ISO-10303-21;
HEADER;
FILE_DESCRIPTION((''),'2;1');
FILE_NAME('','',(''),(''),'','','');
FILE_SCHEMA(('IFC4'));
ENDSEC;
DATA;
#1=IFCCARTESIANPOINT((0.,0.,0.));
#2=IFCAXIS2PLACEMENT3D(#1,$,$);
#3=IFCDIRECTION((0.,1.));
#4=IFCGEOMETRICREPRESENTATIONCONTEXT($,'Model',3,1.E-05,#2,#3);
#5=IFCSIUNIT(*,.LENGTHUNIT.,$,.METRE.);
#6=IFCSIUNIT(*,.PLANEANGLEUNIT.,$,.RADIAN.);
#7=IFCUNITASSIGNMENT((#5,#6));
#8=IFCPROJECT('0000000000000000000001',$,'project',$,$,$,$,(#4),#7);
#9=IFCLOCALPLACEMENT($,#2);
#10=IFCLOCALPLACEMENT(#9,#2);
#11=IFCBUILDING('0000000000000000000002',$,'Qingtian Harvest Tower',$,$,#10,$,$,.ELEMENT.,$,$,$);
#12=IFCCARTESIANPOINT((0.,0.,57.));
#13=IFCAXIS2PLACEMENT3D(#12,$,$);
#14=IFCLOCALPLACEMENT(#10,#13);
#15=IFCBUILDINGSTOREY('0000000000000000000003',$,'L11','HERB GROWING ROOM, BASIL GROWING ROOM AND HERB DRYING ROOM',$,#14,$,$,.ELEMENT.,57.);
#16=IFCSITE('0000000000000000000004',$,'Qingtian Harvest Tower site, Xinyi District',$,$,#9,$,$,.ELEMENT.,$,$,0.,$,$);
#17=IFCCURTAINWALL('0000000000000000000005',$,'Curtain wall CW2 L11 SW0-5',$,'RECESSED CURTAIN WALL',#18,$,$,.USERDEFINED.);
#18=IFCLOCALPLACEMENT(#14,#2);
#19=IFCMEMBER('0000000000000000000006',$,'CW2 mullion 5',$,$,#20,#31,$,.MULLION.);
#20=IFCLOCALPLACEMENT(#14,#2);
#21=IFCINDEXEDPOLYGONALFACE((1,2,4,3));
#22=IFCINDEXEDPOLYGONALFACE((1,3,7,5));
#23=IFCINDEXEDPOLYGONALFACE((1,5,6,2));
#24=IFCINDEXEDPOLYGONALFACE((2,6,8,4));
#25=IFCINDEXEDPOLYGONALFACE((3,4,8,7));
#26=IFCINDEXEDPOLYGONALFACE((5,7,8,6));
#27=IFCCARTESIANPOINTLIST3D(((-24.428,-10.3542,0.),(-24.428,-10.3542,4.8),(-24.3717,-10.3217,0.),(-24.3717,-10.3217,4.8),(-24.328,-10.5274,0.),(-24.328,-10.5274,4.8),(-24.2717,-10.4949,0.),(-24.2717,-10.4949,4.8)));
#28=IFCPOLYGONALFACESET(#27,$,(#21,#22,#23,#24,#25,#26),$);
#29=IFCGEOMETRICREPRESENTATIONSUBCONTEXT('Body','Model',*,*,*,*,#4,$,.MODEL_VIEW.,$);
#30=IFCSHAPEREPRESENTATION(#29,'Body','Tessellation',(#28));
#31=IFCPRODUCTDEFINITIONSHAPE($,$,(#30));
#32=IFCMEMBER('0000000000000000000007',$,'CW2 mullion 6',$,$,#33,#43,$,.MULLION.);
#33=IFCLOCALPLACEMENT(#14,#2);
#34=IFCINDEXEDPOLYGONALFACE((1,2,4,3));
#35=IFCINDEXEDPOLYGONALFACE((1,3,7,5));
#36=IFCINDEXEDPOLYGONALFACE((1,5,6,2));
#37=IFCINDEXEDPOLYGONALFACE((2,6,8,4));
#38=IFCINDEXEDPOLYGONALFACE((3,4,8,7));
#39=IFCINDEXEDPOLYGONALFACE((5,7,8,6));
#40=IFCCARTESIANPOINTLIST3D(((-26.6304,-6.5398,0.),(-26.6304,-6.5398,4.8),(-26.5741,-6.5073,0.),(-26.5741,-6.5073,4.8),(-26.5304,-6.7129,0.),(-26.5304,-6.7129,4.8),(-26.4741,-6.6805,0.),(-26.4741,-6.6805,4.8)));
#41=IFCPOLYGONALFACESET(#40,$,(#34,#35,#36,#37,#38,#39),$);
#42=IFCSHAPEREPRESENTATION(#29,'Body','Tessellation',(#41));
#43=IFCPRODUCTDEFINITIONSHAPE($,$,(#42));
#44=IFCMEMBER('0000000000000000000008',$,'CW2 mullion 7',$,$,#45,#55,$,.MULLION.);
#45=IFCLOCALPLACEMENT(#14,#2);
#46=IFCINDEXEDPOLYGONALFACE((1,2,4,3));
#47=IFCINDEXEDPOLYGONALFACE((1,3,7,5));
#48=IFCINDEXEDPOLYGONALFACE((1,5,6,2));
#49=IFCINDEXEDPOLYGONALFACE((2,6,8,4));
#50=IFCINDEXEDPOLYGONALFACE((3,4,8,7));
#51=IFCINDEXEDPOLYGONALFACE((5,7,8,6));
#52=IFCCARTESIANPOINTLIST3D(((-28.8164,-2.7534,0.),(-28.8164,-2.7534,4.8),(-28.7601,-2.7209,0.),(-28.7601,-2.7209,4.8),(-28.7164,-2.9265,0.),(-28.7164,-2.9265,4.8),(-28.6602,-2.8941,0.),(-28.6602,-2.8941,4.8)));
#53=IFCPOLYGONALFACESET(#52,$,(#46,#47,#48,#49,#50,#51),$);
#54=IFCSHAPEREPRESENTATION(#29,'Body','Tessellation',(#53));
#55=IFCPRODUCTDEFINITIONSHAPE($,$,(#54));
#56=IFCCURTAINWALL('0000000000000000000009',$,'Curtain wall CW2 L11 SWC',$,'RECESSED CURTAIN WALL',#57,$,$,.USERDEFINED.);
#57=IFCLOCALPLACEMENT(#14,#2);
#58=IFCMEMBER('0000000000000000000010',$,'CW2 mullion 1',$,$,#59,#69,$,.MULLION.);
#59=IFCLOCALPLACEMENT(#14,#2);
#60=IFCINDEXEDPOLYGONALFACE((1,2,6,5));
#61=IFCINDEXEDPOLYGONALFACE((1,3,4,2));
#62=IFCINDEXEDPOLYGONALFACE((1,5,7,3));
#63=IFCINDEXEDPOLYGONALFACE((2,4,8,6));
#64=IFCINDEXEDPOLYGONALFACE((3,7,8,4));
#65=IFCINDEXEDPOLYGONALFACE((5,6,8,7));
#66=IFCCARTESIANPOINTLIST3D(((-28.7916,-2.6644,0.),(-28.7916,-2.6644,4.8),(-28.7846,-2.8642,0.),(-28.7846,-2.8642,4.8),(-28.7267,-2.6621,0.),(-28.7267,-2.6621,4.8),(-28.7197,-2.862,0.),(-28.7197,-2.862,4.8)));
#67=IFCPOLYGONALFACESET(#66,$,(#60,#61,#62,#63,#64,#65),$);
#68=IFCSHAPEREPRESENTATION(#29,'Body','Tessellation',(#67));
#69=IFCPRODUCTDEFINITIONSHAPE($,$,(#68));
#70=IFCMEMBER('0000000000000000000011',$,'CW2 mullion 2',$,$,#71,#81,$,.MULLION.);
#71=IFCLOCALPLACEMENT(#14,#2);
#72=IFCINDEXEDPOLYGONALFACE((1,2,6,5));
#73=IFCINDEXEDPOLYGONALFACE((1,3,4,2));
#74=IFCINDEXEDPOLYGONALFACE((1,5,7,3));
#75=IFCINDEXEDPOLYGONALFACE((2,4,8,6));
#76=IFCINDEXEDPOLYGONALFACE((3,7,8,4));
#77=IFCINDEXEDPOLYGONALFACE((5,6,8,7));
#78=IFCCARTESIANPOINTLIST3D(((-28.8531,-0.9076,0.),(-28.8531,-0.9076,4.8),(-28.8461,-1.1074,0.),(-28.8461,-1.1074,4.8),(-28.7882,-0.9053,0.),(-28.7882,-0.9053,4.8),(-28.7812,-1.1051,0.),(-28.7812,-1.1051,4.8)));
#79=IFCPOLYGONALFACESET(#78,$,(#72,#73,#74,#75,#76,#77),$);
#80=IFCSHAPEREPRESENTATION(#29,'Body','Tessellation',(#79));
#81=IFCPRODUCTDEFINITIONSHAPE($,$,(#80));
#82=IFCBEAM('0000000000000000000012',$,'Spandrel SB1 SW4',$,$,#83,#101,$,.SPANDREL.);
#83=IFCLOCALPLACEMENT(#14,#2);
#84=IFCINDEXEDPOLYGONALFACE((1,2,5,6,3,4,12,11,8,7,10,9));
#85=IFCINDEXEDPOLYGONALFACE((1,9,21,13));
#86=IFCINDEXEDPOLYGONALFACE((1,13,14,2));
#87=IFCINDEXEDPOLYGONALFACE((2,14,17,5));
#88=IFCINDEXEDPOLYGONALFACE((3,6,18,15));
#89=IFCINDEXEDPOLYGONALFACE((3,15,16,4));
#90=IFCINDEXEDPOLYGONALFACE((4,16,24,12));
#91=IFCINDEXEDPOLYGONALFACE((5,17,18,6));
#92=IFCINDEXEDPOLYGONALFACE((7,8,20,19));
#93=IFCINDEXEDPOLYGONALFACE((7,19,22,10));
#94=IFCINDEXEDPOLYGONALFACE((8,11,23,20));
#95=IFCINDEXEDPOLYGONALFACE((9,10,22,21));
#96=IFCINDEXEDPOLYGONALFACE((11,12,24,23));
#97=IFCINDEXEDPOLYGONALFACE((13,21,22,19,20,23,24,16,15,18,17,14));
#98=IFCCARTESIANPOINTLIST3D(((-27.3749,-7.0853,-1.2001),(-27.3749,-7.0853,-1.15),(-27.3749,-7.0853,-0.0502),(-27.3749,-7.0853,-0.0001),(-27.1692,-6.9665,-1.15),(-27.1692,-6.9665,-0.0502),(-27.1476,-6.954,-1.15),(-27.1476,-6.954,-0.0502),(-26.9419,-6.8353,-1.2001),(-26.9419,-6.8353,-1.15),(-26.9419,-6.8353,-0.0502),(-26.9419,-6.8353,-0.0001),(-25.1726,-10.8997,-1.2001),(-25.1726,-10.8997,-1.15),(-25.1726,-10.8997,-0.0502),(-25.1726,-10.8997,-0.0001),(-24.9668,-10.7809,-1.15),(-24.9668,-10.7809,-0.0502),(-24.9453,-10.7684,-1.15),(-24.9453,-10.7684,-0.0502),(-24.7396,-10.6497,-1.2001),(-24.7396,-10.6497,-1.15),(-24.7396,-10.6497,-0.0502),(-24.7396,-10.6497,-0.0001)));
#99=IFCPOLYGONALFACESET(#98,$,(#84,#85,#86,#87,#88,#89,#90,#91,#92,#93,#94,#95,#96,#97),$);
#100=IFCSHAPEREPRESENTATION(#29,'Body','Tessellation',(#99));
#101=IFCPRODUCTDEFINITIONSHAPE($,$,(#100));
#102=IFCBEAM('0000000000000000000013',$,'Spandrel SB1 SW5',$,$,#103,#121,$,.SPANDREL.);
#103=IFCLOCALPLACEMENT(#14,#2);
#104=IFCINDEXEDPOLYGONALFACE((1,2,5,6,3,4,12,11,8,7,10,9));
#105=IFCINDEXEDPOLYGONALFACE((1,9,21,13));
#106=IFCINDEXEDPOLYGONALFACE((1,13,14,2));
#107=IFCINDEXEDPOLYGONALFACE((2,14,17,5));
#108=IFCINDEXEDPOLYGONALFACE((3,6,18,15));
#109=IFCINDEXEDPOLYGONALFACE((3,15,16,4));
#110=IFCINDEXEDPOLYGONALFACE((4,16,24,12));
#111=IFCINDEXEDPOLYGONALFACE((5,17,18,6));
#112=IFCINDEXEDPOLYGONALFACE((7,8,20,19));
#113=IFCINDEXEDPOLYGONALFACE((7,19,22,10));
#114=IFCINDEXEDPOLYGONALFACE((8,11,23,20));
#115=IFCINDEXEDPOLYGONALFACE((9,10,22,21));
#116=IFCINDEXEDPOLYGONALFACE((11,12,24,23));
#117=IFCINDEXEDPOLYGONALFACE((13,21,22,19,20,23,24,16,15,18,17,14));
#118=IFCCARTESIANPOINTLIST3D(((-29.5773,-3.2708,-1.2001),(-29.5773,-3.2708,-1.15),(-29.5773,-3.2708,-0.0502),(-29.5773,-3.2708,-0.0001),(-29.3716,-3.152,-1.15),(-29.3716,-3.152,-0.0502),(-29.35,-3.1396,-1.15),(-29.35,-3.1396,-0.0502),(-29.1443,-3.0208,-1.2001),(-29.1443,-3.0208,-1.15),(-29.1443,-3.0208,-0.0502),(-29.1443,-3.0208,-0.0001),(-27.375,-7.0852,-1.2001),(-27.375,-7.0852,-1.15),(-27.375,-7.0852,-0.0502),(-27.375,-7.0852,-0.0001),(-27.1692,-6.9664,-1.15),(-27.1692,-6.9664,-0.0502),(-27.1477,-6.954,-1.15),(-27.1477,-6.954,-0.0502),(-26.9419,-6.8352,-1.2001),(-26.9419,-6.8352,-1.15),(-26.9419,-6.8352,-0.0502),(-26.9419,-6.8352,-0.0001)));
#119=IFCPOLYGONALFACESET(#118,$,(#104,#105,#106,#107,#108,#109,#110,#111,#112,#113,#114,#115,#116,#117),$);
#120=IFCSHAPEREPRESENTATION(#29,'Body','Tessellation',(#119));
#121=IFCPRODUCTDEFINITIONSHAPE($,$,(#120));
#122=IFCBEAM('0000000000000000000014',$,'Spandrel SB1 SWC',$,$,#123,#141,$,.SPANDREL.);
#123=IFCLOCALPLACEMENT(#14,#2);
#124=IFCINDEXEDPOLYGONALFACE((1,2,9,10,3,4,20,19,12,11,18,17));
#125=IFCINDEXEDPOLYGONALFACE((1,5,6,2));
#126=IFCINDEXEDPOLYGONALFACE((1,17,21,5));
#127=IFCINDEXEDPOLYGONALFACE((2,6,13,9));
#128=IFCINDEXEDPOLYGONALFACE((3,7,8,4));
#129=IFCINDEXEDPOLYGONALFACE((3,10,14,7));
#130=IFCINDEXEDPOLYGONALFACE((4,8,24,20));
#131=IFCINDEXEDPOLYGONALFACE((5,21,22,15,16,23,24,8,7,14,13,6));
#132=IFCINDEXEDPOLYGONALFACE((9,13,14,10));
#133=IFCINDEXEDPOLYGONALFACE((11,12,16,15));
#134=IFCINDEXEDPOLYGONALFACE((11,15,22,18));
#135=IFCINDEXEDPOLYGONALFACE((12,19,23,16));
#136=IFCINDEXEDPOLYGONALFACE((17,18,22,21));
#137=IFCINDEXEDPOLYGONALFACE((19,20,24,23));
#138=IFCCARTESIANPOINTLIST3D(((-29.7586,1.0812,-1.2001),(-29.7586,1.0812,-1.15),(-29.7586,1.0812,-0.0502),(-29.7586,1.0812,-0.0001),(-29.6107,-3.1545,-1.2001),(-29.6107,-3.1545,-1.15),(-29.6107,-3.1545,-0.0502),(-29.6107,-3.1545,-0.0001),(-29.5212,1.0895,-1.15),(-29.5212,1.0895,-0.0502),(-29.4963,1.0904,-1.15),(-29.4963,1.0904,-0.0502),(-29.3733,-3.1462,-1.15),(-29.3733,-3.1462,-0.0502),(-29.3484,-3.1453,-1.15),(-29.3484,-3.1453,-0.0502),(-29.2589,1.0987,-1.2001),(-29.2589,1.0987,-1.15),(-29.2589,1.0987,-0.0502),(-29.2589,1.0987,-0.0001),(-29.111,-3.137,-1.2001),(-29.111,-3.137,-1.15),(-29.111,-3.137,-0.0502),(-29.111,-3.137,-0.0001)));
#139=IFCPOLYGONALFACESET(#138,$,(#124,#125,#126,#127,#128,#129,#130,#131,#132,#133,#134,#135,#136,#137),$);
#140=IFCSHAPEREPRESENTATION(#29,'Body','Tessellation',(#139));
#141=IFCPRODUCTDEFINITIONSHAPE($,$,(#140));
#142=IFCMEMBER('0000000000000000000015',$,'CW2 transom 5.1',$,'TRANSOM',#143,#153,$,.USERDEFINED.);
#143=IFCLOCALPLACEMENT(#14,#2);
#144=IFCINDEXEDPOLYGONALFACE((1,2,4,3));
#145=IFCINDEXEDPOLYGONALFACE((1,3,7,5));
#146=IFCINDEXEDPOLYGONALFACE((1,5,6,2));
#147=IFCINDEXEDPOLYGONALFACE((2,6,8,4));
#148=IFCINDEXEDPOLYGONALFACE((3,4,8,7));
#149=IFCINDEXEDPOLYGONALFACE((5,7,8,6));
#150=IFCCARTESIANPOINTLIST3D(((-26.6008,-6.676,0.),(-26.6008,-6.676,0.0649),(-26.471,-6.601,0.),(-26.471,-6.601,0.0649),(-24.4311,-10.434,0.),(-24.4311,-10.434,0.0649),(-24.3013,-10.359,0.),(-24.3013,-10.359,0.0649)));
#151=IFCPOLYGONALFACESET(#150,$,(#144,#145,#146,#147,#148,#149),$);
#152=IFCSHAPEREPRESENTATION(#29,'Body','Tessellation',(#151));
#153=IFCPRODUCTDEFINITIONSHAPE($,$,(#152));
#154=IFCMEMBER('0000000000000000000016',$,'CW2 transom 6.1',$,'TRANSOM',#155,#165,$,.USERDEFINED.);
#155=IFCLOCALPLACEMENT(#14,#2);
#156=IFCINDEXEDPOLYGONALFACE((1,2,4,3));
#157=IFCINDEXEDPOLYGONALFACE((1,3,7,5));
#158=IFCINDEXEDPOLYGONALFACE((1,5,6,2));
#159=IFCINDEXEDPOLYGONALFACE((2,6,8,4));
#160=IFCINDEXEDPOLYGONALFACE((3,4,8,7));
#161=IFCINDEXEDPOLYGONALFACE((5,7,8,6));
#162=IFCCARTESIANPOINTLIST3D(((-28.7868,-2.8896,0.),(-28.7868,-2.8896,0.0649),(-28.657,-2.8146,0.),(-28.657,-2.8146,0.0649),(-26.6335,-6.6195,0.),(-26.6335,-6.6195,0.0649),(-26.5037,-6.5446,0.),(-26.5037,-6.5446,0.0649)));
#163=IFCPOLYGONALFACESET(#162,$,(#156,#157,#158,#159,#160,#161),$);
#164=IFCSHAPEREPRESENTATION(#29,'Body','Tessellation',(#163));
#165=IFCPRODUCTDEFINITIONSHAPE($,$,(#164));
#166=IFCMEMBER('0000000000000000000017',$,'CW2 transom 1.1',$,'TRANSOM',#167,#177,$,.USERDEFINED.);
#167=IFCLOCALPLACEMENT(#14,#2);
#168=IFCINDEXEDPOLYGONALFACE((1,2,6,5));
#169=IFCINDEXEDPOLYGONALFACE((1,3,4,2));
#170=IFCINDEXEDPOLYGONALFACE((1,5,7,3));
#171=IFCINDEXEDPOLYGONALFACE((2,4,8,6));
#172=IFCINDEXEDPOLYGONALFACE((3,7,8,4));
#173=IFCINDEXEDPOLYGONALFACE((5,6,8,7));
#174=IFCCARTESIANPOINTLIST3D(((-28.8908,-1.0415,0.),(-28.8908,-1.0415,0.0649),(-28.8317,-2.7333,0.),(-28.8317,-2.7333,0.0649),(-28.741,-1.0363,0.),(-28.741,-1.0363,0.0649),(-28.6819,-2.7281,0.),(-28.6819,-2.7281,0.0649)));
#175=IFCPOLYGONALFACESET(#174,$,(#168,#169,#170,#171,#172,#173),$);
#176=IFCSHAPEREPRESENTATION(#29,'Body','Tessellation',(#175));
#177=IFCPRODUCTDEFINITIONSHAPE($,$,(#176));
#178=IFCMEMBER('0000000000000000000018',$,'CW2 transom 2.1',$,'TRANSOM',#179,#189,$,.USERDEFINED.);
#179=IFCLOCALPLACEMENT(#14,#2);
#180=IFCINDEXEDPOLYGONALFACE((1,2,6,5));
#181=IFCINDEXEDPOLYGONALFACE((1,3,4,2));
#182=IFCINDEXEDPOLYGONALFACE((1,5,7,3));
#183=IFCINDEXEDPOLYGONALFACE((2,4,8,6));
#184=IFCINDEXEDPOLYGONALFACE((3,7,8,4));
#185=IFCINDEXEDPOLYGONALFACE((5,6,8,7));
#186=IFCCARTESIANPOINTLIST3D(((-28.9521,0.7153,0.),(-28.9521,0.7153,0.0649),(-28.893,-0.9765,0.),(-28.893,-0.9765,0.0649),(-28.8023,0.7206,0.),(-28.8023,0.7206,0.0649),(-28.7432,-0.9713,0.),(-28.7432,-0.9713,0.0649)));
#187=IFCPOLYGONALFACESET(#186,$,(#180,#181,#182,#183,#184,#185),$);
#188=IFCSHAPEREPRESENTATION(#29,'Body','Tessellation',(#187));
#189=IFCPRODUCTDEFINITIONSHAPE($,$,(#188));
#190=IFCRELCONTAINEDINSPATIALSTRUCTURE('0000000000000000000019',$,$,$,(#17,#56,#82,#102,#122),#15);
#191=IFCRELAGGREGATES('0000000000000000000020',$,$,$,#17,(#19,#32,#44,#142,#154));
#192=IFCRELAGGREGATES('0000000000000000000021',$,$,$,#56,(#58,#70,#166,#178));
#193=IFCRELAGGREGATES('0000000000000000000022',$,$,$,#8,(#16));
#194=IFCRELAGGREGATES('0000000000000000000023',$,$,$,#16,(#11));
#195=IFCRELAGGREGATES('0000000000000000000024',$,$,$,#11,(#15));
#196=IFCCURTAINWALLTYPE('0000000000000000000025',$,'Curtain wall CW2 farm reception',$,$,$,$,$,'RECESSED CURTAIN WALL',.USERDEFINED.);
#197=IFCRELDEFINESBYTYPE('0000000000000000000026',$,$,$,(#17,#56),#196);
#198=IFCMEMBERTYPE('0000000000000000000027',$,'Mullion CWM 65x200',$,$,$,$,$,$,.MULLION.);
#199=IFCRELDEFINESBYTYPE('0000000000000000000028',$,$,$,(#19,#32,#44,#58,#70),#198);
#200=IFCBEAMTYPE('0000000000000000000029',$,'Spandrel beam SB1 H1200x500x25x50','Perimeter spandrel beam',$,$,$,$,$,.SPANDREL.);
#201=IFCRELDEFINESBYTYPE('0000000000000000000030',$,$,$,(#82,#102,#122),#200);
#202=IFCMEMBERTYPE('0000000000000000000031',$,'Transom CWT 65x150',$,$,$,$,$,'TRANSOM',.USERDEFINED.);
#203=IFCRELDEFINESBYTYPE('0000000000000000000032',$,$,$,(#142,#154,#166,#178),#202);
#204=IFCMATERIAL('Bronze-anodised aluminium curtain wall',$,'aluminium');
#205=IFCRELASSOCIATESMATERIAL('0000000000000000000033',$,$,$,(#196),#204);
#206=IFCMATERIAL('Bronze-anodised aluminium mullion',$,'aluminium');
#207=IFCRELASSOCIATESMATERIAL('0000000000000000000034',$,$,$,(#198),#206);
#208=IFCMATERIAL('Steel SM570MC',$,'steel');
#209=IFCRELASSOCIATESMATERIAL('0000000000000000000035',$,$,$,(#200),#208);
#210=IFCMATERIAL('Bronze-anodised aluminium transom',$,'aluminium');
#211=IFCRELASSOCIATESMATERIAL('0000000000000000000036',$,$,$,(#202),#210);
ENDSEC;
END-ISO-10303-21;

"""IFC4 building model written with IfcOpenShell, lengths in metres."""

from ifc_helpers import new_model, si_unit, direction, frame, origin, origin_2d, place, context, subcontext, project, spatial, rectangle, i_section, extrude, material, material_profile, profile_set, type_object, element, aggregate, save


model = new_model("IFC4")

# Units and contexts
model_context = context("Model", 3, precision=1e-05, world=origin(), true_north=direction((0.0, 1.0)))
body_context = subcontext(model_context, "Body", "Model", "MODEL_VIEW")
ifc_project = project(units=[si_unit("LENGTHUNIT", "METRE"), si_unit("PLANEANGLEUNIT", "RADIAN")], contexts=[model_context])

# Site, building, storey
site_placement = place(None, origin())
site = spatial("IfcSite", under=ifc_project, at=site_placement, Name="Qingtian Harvest Tower site, Xinyi District", CompositionType="ELEMENT", RefElevation=0.0)
building_placement = place(site_placement, origin())
building = spatial("IfcBuilding", under=site, at=building_placement, Name="Qingtian Harvest Tower", CompositionType="ELEMENT")
storey_placement = place(building_placement, frame((0.0, 0.0, 57.0)))
storey = spatial("IfcBuildingStorey", under=building, at=storey_placement, Name="L11", Description="HERB GROWING ROOM, BASIL GROWING ROOM AND HERB DRYING ROOM", CompositionType="ELEMENT", Elevation=57.0)

# Curtain walls, members
ifc_material_1 = material(Name="Bronze-anodised aluminium curtain wall", Category="aluminium")
curtain_wall_type = type_object("IfcCurtainWallType", Name="Curtain wall CW2 farm reception", ElementType="RECESSED CURTAIN WALL", PredefinedType="USERDEFINED", material=ifc_material_1)
curtain_wall_1_placement = place(storey_placement, origin())
curtain_wall_1 = element("IfcCurtainWall", 1, at=curtain_wall_1_placement, inside=storey, type_object=curtain_wall_type, Name="Curtain wall CW2 L11 SW0-5", ObjectType="RECESSED CURTAIN WALL", PredefinedType="USERDEFINED")
ifc_material_2 = material(Name="Bronze-anodised aluminium mullion", Category="aluminium")
ifc_material_profile_1 = material_profile(ifc_material_2, rectangle(XDim=0.0649, YDim=0.2, at=origin_2d()), Name="AL 65x200")
ifc_profile_set_1 = profile_set([ifc_material_profile_1], Name="Bronze-anodised aluminium mullion")
member_type_1 = type_object("IfcMemberType", Name="Mullion CWM 65x200", PredefinedType="MULLION", material=ifc_profile_set_1)
member_1_placement = place(storey_placement, frame((-24.3499, -10.4246, 0.0), z_axis=(0.0, 0.0, 1.0), x_axis=(-0.866025, -0.5, 0.0)))
member_1 = element("IfcMember", 2, at=member_1_placement, type_object=member_type_1, Name="CW2 mullion 5", PredefinedType="MULLION", context=body_context, shape_type="SweptSolid", body=[
    extrude(rectangle(XDim=0.0649, YDim=0.2, at=origin_2d()), origin(), (0.0, 0.0, 1.0), 4.8),
])
member_2_placement = place(storey_placement, frame((-26.5522, -6.6101, 0.0), z_axis=(0.0, 0.0, 1.0), x_axis=(-0.866025, -0.5, 0.0)))
member_2 = element("IfcMember", 3, at=member_2_placement, type_object=member_type_1, Name="CW2 mullion 6", PredefinedType="MULLION", context=body_context, shape_type="SweptSolid", body=[
    extrude(rectangle(XDim=0.0649, YDim=0.2, at=origin_2d()), origin(), (0.0, 0.0, 1.0), 4.8),
])
member_3_placement = place(storey_placement, frame((-28.7383, -2.8237, 0.0), z_axis=(0.0, 0.0, 1.0), x_axis=(-0.866025, -0.5, 0.0)))
member_3 = element("IfcMember", 4, at=member_3_placement, type_object=member_type_1, Name="CW2 mullion 7", PredefinedType="MULLION", context=body_context, shape_type="SweptSolid", body=[
    extrude(rectangle(XDim=0.0649, YDim=0.2, at=origin_2d()), origin(), (0.0, 0.0, 1.0), 4.8),
])
curtain_wall_2_placement = place(storey_placement, origin())
curtain_wall_2 = element("IfcCurtainWall", 5, at=curtain_wall_2_placement, inside=storey, type_object=curtain_wall_type, Name="Curtain wall CW2 L11 SWC", ObjectType="RECESSED CURTAIN WALL", PredefinedType="USERDEFINED")
member_4_placement = place(storey_placement, frame((-28.7556, -2.7632, 0.0), z_axis=(0.0, 0.0, 1.0), x_axis=(-0.999391, -0.034899, 0.0)))
member_4 = element("IfcMember", 6, at=member_4_placement, type_object=member_type_1, Name="CW2 mullion 1", PredefinedType="MULLION", context=body_context, shape_type="SweptSolid", body=[
    extrude(rectangle(XDim=0.0649, YDim=0.2, at=origin_2d()), origin(), (0.0, 0.0, 1.0), 4.8),
])
member_5_placement = place(storey_placement, frame((-28.8171, -1.0063, 0.0), z_axis=(0.0, 0.0, 1.0), x_axis=(-0.999391, -0.034899, 0.0)))
member_5 = element("IfcMember", 7, at=member_5_placement, type_object=member_type_1, Name="CW2 mullion 2", PredefinedType="MULLION", context=body_context, shape_type="SweptSolid", body=[
    extrude(rectangle(XDim=0.0649, YDim=0.2, at=origin_2d()), origin(), (0.0, 0.0, 1.0), 4.8),
])

# Beams
ifc_material_3 = material(Name="Steel SM570MC", Category="steel")
ifc_material_profile_2 = material_profile(ifc_material_3, i_section(OverallWidth=0.5, OverallDepth=1.2, WebThickness=0.0249, FlangeThickness=0.05, at=origin_2d()), Name="H1200x500x25x50")
ifc_profile_set_2 = profile_set([ifc_material_profile_2], Name="Steel SM570MC")
beam_type_1 = type_object("IfcBeamType", Name="Spandrel beam SB1 H1200x500x25x50", Description="Perimeter spandrel beam", PredefinedType="SPANDREL", material=ifc_profile_set_2)
for number, where, z_axis, x_axis, name in (
    (8, (-24.9561, -10.7747, -0.6001), (-0.50002, 0.866014, 0.0), (-0.866014, -0.50002, 0.0), "Spandrel SB1 SW4"),
    (9, (-27.1584, -6.9602, -0.6001), (-0.50002, 0.866014, 0.0), (-0.866014, -0.50002, 0.0), "Spandrel SB1 SW5"),
):
    element("IfcBeam", number, at=place(storey_placement, frame(where, z_axis=z_axis, x_axis=x_axis)), inside=storey, type_object=beam_type_1, Name=name, PredefinedType="SPANDREL", context=body_context, shape_type="SweptSolid", body=[
        extrude(i_section(OverallWidth=0.5, OverallDepth=1.2, WebThickness=0.0249, FlangeThickness=0.05, at=origin_2d()), origin(), (0.0, 0.0, 1.0), 4.4045),
    ])
beam_1_placement = place(storey_placement, frame((-29.3608, -3.1458, -0.6001), z_axis=(-0.034909, 0.999391, 0.0), x_axis=(-0.999391, -0.034909, 0.0)))
element("IfcBeam", 10, at=beam_1_placement, inside=storey, type_object=beam_type_1, Name="Spandrel SB1 SWC", PredefinedType="SPANDREL", context=body_context, shape_type="SweptSolid", body=[
    extrude(i_section(OverallWidth=0.5, OverallDepth=1.2, WebThickness=0.0249, FlangeThickness=0.05, at=origin_2d()), origin(), (0.0, 0.0, 1.0), 4.2383),
])

# Members
ifc_material_4 = material(Name="Bronze-anodised aluminium transom", Category="aluminium")
ifc_material_profile_3 = material_profile(ifc_material_4, rectangle(XDim=0.1499, YDim=0.0649, at=origin_2d()), Name="AL 65x150")
ifc_profile_set_3 = profile_set([ifc_material_profile_3], Name="Bronze-anodised aluminium transom")
member_type_2 = type_object("IfcMemberType", Name="Transom CWT 65x150", ElementType="TRANSOM", PredefinedType="USERDEFINED", material=ifc_profile_set_3)
member_6_placement = place(storey_placement, frame((-24.3662, -10.3965, 0.0325), z_axis=(-0.499994, 0.866029, 0.0), x_axis=(-0.866029, -0.499994, 0.0)))
member_6 = element("IfcMember", 11, at=member_6_placement, type_object=member_type_2, Name="CW2 transom 5.1", ObjectType="TRANSOM", PredefinedType="USERDEFINED", context=body_context, shape_type="SweptSolid", body=[
    extrude(rectangle(XDim=0.1499, YDim=0.0649, at=origin_2d()), origin(), (0.0, 0.0, 1.0), 4.3394),
])
member_7_placement = place(storey_placement, frame((-26.5686, -6.582, 0.0325), z_axis=(-0.499968, 0.866044, 0.0), x_axis=(-0.866044, -0.499968, 0.0)))
member_7 = element("IfcMember", 12, at=member_7_placement, type_object=member_type_2, Name="CW2 transom 6.1", ObjectType="TRANSOM", PredefinedType="USERDEFINED", context=body_context, shape_type="SweptSolid", body=[
    extrude(rectangle(XDim=0.1499, YDim=0.0649, at=origin_2d()), origin(), (0.0, 0.0, 1.0), 4.3069),
])
member_8_placement = place(storey_placement, frame((-28.7568, -2.7307, 0.0325), z_axis=(-0.034899, 0.999391, 0.0), x_axis=(-0.999391, -0.034899, 0.0)))
member_8 = element("IfcMember", 13, at=member_8_placement, type_object=member_type_2, Name="CW2 transom 1.1", ObjectType="TRANSOM", PredefinedType="USERDEFINED", context=body_context, shape_type="SweptSolid", body=[
    extrude(rectangle(XDim=0.1499, YDim=0.0649, at=origin_2d()), origin(), (0.0, 0.0, 1.0), 1.6929),
])
member_9_placement = place(storey_placement, frame((-28.8181, -0.9739, 0.0325), z_axis=(-0.034899, 0.999391, 0.0), x_axis=(-0.999391, -0.034899, 0.0)))
member_9 = element("IfcMember", 14, at=member_9_placement, type_object=member_type_2, Name="CW2 transom 2.1", ObjectType="TRANSOM", PredefinedType="USERDEFINED", context=body_context, shape_type="SweptSolid", body=[
    extrude(rectangle(XDim=0.1499, YDim=0.0649, at=origin_2d()), origin(), (0.0, 0.0, 1.0), 1.6929),
])

aggregate(curtain_wall_1, [member_1, member_2, member_3, member_6, member_7])
aggregate(curtain_wall_2, [member_4, member_5, member_8, member_9])

save(model, "model.ifc")
